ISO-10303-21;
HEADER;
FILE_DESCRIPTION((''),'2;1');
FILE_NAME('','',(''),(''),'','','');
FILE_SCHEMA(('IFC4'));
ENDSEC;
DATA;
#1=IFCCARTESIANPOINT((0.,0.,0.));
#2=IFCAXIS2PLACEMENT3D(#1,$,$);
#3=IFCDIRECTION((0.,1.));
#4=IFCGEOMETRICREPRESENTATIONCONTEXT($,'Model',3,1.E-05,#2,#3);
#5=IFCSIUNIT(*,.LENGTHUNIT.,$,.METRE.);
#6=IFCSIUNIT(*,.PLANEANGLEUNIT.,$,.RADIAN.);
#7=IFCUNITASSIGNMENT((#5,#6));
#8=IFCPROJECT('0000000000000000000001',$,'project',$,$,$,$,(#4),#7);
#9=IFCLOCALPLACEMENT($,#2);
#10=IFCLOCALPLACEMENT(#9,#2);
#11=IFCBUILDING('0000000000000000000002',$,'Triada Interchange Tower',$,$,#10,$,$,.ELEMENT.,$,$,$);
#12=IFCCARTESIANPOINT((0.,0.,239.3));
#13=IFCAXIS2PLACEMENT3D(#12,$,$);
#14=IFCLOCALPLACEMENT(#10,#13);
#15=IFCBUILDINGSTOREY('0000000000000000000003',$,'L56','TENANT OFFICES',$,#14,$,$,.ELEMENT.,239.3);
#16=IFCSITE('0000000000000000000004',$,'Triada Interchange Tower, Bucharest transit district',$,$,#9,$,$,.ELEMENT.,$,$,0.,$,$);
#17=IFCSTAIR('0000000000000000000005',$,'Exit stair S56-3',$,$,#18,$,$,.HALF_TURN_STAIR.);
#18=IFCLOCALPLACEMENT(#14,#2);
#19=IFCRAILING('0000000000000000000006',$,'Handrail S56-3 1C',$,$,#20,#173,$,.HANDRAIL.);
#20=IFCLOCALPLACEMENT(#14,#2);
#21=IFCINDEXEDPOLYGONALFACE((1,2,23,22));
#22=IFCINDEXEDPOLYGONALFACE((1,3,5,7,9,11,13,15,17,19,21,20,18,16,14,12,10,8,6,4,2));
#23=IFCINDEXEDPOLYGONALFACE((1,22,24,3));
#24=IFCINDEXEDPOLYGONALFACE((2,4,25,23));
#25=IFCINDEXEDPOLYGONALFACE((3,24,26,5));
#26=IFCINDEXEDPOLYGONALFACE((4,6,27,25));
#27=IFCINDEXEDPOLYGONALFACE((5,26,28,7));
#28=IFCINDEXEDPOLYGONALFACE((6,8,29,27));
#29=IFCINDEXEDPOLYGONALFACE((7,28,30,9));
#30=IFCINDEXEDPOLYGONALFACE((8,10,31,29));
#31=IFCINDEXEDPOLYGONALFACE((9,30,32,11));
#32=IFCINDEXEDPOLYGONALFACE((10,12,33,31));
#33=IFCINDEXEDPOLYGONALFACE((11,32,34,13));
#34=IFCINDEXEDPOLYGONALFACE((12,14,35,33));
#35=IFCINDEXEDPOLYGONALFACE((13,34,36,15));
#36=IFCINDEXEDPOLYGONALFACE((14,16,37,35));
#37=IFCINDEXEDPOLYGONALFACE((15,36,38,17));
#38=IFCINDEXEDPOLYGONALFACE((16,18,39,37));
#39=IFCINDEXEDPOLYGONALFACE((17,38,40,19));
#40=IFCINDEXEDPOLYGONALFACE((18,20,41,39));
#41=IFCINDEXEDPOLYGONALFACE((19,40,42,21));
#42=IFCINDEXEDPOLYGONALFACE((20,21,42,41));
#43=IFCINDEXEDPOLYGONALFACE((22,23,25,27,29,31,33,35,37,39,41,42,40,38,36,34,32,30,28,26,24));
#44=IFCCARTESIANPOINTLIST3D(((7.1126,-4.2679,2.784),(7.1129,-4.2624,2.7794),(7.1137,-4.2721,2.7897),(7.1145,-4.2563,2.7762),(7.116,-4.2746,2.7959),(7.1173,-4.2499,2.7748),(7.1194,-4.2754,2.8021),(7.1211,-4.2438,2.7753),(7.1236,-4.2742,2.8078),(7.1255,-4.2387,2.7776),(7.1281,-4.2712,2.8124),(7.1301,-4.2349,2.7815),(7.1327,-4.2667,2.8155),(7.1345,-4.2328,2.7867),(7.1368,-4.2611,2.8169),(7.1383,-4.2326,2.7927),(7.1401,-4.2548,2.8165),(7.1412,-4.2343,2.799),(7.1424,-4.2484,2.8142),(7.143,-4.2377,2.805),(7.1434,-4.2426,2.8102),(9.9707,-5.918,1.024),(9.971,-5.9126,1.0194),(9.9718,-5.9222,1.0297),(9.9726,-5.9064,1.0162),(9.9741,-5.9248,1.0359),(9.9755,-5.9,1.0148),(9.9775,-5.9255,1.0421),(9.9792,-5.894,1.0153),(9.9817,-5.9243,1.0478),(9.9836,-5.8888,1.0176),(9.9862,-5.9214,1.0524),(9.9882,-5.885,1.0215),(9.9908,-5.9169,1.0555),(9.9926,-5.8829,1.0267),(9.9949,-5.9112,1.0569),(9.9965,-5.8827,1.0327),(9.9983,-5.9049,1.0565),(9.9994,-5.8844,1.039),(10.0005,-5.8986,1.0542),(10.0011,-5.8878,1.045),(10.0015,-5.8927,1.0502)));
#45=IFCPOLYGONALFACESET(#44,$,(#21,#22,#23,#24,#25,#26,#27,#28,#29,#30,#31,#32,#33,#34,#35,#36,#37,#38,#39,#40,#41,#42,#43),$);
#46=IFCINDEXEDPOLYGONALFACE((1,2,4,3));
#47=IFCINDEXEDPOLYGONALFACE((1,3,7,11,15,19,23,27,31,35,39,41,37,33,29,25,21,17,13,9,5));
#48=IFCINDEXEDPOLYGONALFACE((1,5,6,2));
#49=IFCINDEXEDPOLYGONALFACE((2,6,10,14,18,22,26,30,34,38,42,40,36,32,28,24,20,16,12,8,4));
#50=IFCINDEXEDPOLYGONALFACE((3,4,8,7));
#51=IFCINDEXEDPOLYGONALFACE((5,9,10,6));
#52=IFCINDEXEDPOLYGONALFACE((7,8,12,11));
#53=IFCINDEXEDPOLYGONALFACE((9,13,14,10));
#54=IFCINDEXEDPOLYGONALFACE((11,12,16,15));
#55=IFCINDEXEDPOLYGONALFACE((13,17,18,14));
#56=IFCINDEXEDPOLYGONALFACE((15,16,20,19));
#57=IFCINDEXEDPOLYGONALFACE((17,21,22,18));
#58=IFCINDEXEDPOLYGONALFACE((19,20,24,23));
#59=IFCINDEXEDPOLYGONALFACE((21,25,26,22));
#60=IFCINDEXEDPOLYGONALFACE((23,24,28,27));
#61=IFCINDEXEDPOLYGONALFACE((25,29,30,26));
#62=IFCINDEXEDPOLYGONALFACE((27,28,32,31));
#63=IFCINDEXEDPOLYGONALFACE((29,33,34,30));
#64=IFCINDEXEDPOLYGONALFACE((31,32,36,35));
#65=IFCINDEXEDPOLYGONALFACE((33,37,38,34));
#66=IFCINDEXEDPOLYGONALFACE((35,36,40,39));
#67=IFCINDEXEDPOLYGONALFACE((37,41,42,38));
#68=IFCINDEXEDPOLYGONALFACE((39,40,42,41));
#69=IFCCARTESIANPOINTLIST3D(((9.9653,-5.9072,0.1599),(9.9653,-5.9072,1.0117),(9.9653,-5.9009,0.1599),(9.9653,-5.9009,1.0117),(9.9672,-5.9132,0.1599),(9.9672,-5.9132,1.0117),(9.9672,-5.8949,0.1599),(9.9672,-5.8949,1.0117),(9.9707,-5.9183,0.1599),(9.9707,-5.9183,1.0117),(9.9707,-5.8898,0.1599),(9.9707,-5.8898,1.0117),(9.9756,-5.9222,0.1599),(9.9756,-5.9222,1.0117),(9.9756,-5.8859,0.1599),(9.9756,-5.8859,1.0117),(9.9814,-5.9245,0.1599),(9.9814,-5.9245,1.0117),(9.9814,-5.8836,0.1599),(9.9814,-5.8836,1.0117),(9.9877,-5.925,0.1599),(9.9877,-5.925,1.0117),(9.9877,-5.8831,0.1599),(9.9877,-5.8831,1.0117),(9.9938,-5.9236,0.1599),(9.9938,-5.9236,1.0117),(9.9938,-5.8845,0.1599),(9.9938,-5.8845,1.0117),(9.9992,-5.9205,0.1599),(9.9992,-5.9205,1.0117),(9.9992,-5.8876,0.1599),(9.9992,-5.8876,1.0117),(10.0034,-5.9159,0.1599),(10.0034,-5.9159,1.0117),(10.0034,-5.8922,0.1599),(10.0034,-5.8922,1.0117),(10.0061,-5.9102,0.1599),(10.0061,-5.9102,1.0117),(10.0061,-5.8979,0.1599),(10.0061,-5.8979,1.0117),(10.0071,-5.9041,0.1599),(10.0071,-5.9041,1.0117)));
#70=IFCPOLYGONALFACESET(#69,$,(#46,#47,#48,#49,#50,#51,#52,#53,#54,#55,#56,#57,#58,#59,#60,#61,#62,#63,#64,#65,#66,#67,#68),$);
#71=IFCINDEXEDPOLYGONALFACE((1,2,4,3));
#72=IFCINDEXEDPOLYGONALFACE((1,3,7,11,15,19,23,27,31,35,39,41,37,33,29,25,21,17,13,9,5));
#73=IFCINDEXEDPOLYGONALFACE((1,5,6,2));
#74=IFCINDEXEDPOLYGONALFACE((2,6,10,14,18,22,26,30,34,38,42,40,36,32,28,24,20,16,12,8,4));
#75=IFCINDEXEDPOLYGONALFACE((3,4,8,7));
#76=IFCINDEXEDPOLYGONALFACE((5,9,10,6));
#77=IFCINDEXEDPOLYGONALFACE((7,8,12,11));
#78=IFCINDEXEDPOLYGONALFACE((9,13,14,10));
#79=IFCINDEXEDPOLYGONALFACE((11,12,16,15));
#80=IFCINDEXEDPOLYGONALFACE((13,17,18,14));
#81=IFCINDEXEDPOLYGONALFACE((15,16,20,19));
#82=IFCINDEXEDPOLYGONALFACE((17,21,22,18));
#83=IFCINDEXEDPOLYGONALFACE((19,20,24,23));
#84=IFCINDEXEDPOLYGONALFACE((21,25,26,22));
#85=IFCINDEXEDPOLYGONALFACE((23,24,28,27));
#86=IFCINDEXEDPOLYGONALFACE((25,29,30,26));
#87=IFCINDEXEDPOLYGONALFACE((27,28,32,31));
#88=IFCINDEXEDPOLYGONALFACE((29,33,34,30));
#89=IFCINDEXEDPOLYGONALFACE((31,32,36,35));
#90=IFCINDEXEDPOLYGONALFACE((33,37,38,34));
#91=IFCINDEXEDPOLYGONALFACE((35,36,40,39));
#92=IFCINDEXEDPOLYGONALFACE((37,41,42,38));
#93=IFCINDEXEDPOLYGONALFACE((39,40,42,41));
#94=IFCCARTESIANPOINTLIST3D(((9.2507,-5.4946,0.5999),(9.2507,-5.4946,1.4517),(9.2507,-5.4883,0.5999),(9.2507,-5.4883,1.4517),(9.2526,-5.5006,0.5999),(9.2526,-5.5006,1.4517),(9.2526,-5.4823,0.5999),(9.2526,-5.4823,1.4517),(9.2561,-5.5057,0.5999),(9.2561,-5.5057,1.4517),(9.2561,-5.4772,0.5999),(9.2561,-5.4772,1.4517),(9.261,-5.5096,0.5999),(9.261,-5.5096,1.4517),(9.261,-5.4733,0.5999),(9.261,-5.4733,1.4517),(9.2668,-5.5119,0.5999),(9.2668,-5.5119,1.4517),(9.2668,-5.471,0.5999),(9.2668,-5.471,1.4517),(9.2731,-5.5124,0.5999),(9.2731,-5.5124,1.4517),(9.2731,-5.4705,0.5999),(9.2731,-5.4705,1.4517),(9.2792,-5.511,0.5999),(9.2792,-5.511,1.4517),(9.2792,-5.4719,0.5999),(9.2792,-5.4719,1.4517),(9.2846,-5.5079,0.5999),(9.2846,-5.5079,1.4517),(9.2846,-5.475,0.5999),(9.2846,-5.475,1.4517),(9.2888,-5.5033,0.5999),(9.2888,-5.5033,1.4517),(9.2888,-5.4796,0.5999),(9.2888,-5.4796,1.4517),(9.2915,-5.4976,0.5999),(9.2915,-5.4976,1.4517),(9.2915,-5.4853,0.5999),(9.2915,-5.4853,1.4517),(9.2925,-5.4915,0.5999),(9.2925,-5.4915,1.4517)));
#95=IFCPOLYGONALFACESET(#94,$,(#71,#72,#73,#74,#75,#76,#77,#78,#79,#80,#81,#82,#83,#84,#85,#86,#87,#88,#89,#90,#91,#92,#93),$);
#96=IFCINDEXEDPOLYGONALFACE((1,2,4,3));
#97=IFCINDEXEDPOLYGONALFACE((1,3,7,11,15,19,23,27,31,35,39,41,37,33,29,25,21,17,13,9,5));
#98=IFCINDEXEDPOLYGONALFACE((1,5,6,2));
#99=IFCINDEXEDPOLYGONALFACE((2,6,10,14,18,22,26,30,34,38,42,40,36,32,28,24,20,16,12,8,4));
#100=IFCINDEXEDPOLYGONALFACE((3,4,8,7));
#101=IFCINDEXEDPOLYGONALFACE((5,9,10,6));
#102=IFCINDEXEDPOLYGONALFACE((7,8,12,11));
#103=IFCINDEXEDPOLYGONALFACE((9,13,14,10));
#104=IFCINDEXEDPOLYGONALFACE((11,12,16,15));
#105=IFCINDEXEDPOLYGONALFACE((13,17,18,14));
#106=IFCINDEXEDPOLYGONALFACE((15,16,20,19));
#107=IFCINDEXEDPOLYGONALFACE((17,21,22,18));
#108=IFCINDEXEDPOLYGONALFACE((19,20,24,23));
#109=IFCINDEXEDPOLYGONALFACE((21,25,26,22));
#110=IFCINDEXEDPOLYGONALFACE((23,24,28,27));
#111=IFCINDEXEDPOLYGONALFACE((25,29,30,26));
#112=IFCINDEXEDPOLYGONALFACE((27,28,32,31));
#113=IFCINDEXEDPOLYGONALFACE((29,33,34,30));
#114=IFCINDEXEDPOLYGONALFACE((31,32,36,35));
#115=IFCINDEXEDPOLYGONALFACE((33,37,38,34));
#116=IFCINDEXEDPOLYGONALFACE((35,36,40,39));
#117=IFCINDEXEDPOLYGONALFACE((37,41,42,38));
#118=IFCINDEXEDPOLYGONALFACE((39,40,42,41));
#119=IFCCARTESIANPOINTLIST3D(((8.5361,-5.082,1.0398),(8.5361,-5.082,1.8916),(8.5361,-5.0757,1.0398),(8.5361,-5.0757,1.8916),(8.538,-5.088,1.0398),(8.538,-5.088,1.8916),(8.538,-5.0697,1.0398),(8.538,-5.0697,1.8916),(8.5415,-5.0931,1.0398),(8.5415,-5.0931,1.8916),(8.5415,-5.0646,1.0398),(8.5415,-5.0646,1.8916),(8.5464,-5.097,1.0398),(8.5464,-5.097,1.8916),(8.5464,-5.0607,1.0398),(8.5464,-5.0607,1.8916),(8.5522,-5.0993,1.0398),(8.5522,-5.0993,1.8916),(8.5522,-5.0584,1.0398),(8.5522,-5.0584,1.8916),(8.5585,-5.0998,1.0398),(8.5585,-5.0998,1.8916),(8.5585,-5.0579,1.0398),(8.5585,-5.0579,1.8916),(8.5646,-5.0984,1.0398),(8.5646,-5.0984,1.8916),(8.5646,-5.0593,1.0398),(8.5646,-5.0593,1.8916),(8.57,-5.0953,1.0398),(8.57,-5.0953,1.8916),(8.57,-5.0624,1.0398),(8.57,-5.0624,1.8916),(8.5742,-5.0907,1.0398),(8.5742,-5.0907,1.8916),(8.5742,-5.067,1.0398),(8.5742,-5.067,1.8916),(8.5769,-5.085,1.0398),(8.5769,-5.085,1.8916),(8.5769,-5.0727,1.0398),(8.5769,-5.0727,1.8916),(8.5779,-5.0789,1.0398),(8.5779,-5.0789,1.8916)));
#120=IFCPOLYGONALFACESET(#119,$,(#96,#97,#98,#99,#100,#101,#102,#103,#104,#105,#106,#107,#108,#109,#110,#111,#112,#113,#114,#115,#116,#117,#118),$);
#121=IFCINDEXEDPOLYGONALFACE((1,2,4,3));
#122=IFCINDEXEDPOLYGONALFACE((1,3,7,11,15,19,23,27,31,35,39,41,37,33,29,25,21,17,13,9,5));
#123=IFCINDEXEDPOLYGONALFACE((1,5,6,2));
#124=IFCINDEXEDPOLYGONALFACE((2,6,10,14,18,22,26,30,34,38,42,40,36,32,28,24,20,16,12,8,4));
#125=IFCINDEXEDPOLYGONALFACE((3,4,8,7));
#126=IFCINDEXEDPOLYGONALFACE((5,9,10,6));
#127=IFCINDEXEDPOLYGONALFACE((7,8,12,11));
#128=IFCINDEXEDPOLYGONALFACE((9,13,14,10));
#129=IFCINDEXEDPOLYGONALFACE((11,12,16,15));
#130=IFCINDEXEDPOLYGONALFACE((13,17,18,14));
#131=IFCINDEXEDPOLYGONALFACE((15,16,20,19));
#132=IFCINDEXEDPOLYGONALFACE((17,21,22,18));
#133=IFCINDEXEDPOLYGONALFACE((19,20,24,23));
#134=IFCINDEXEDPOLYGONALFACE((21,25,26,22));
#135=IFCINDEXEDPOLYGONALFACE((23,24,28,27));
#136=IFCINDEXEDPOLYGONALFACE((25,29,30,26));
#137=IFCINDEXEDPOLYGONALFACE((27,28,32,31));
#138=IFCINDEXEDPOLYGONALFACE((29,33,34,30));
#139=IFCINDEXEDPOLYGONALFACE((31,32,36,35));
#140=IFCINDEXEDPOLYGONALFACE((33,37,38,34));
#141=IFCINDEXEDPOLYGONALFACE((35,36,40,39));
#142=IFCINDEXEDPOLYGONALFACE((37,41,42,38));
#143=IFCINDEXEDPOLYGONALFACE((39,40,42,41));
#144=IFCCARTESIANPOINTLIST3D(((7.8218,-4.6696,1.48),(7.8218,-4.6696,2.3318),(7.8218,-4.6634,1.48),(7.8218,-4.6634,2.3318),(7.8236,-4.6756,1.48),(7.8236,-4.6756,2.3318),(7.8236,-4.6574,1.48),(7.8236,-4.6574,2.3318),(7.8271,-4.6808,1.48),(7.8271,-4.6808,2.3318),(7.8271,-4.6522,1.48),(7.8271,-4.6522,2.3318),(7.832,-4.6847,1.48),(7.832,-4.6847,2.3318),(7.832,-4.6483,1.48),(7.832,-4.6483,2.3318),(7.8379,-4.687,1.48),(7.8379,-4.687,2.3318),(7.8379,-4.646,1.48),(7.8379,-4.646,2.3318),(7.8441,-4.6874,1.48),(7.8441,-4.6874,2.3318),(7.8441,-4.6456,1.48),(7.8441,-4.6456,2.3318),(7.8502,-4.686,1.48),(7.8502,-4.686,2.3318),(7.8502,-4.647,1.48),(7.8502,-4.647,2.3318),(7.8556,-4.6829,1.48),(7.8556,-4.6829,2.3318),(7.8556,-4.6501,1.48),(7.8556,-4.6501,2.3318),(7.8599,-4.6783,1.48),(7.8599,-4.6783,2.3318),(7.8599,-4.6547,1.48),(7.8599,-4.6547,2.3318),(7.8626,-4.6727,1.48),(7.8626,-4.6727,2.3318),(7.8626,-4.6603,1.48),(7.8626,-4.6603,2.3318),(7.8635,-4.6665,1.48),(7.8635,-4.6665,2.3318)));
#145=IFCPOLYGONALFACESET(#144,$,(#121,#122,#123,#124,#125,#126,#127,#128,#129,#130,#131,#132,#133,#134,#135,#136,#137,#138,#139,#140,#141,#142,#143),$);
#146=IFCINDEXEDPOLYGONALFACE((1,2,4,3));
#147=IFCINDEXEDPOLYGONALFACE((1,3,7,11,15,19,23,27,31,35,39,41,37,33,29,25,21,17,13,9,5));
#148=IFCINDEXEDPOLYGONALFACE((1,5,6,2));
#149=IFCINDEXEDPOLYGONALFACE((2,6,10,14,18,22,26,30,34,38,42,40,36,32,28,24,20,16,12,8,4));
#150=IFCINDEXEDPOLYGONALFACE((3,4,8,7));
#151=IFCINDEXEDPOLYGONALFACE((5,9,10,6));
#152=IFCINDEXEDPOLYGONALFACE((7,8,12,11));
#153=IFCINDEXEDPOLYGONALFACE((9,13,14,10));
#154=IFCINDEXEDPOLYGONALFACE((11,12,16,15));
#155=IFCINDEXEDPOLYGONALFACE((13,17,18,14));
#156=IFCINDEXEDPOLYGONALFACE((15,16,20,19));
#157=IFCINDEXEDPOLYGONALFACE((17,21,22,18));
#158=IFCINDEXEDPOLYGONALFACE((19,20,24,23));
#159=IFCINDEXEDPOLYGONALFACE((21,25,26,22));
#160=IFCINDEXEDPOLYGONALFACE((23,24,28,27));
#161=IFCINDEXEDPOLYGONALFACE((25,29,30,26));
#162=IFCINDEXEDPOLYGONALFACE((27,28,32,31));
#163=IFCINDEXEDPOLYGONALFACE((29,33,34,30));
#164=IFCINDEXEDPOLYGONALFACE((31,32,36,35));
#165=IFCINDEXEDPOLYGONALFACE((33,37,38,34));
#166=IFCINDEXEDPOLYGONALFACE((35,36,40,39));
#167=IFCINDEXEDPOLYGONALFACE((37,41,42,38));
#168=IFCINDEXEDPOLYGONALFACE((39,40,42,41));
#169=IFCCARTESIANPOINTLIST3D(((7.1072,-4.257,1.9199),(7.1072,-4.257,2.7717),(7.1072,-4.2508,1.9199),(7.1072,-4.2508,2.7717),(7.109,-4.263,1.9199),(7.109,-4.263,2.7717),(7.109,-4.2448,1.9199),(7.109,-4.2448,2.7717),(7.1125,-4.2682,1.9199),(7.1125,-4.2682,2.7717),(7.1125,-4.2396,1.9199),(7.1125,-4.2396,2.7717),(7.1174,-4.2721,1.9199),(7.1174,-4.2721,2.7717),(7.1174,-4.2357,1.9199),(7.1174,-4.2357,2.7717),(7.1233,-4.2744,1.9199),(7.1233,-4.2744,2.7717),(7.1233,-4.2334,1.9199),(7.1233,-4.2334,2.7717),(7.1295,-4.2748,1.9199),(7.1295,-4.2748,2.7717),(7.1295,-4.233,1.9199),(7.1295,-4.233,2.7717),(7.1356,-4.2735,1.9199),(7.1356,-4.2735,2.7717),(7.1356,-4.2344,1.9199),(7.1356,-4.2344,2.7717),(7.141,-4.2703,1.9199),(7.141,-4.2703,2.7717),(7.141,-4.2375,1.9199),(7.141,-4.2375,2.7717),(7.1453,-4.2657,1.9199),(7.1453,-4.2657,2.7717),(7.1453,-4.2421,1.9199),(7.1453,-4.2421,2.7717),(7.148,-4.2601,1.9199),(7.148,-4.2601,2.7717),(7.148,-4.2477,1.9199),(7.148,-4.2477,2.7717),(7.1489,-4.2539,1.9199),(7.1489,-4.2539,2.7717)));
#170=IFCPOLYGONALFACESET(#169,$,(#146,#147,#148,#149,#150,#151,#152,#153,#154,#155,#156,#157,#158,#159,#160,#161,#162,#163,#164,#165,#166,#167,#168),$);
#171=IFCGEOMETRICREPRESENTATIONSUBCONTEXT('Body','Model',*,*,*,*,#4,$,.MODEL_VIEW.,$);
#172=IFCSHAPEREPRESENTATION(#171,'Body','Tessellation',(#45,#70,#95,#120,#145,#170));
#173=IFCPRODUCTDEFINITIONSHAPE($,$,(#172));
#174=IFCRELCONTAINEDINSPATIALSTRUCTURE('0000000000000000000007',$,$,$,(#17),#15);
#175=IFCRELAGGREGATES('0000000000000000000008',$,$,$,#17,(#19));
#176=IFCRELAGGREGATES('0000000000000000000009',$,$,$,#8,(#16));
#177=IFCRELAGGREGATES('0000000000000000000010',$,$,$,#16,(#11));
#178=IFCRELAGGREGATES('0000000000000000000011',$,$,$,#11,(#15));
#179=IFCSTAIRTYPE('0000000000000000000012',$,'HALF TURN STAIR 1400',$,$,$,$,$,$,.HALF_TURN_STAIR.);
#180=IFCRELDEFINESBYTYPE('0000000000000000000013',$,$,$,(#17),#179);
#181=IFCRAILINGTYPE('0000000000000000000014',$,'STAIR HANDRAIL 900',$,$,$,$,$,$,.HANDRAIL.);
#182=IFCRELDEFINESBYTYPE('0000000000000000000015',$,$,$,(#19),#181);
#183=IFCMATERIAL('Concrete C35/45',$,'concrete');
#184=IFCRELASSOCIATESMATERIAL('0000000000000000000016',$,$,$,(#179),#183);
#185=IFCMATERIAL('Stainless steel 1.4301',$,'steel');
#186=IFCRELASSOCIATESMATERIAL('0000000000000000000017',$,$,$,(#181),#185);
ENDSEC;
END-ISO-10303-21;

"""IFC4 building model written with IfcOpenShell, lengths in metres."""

from ifc_helpers import new_model, si_unit, direction, frame, origin, origin_2d, place, context, subcontext, project, spatial, circle, extrude, material, type_object, element, aggregate, save


model = new_model("IFC4")

# Units and contexts
model_context = context("Model", 3, precision=1e-05, world=origin(), true_north=direction((0.0, 1.0)))
body_context = subcontext(model_context, "Body", "Model", "MODEL_VIEW")
ifc_project = project(units=[si_unit("LENGTHUNIT", "METRE"), si_unit("PLANEANGLEUNIT", "RADIAN")], contexts=[model_context])

# Site, building, storey
site_placement = place(None, origin())
site = spatial("IfcSite", under=ifc_project, at=site_placement, Name="Triada Interchange Tower, Bucharest transit district", CompositionType="ELEMENT", RefElevation=0.0)
building_placement = place(site_placement, origin())
building = spatial("IfcBuilding", under=site, at=building_placement, Name="Triada Interchange Tower", CompositionType="ELEMENT")
storey_placement = place(building_placement, frame((0.0, 0.0, 239.3)))
storey = spatial("IfcBuildingStorey", under=building, at=storey_placement, Name="L56", Description="TENANT OFFICES", CompositionType="ELEMENT", Elevation=239.3)

# Stair, railing
ifc_material_1 = material(Name="Concrete C35/45", Category="concrete")
stair_type = type_object("IfcStairType", Name="HALF TURN STAIR 1400", PredefinedType="HALF_TURN_STAIR", material=ifc_material_1)
stair_placement = place(storey_placement, origin())
stair = element("IfcStair", 1, at=stair_placement, inside=storey, type_object=stair_type, Name="Exit stair S56-3", PredefinedType="HALF_TURN_STAIR")
ifc_material_2 = material(Name="Stainless steel 1.4301", Category="steel")
railing_type = type_object("IfcRailingType", Name="STAIR HANDRAIL 900", PredefinedType="HANDRAIL", material=ifc_material_2)
railing_1_placement = place(storey_placement, frame((9.9861, -5.9041, 0.1599)))
railing_1 = element("IfcRailing", 2, at=railing_1_placement, type_object=railing_type, Name="Handrail S56-3 1C", PredefinedType="HANDRAIL", context=body_context, shape_type="SweptSolid", body=[
    extrude(circle(Radius=0.0239, at=origin_2d()), frame((0.0, 0.0, 0.876), z_axis=(-0.764156, 0.441183, 0.470556), x_axis=(-0.499998, -0.866027, 0.0)), (0.0, 0.0, 1.0), 3.7402),
    extrude(circle(Radius=0.021, at=origin_2d()), origin(), (0.0, 0.0, 1.0), 0.8518),
    extrude(circle(Radius=0.021, at=origin_2d()), frame((-0.7146, 0.4126, 0.4399)), (0.0, 0.0, 1.0), 0.8518),
    extrude(circle(Radius=0.021, at=origin_2d()), frame((-1.4292, 0.8252, 0.8799)), (0.0, 0.0, 1.0), 0.8518),
    extrude(circle(Radius=0.021, at=origin_2d()), frame((-2.1436, 1.2375, 1.3201)), (0.0, 0.0, 1.0), 0.8518),
    extrude(circle(Radius=0.021, at=origin_2d()), frame((-2.8582, 1.6501, 1.76)), (0.0, 0.0, 1.0), 0.8518),
])
aggregate(stair, [railing_1])

save(model, "model.ifc")
